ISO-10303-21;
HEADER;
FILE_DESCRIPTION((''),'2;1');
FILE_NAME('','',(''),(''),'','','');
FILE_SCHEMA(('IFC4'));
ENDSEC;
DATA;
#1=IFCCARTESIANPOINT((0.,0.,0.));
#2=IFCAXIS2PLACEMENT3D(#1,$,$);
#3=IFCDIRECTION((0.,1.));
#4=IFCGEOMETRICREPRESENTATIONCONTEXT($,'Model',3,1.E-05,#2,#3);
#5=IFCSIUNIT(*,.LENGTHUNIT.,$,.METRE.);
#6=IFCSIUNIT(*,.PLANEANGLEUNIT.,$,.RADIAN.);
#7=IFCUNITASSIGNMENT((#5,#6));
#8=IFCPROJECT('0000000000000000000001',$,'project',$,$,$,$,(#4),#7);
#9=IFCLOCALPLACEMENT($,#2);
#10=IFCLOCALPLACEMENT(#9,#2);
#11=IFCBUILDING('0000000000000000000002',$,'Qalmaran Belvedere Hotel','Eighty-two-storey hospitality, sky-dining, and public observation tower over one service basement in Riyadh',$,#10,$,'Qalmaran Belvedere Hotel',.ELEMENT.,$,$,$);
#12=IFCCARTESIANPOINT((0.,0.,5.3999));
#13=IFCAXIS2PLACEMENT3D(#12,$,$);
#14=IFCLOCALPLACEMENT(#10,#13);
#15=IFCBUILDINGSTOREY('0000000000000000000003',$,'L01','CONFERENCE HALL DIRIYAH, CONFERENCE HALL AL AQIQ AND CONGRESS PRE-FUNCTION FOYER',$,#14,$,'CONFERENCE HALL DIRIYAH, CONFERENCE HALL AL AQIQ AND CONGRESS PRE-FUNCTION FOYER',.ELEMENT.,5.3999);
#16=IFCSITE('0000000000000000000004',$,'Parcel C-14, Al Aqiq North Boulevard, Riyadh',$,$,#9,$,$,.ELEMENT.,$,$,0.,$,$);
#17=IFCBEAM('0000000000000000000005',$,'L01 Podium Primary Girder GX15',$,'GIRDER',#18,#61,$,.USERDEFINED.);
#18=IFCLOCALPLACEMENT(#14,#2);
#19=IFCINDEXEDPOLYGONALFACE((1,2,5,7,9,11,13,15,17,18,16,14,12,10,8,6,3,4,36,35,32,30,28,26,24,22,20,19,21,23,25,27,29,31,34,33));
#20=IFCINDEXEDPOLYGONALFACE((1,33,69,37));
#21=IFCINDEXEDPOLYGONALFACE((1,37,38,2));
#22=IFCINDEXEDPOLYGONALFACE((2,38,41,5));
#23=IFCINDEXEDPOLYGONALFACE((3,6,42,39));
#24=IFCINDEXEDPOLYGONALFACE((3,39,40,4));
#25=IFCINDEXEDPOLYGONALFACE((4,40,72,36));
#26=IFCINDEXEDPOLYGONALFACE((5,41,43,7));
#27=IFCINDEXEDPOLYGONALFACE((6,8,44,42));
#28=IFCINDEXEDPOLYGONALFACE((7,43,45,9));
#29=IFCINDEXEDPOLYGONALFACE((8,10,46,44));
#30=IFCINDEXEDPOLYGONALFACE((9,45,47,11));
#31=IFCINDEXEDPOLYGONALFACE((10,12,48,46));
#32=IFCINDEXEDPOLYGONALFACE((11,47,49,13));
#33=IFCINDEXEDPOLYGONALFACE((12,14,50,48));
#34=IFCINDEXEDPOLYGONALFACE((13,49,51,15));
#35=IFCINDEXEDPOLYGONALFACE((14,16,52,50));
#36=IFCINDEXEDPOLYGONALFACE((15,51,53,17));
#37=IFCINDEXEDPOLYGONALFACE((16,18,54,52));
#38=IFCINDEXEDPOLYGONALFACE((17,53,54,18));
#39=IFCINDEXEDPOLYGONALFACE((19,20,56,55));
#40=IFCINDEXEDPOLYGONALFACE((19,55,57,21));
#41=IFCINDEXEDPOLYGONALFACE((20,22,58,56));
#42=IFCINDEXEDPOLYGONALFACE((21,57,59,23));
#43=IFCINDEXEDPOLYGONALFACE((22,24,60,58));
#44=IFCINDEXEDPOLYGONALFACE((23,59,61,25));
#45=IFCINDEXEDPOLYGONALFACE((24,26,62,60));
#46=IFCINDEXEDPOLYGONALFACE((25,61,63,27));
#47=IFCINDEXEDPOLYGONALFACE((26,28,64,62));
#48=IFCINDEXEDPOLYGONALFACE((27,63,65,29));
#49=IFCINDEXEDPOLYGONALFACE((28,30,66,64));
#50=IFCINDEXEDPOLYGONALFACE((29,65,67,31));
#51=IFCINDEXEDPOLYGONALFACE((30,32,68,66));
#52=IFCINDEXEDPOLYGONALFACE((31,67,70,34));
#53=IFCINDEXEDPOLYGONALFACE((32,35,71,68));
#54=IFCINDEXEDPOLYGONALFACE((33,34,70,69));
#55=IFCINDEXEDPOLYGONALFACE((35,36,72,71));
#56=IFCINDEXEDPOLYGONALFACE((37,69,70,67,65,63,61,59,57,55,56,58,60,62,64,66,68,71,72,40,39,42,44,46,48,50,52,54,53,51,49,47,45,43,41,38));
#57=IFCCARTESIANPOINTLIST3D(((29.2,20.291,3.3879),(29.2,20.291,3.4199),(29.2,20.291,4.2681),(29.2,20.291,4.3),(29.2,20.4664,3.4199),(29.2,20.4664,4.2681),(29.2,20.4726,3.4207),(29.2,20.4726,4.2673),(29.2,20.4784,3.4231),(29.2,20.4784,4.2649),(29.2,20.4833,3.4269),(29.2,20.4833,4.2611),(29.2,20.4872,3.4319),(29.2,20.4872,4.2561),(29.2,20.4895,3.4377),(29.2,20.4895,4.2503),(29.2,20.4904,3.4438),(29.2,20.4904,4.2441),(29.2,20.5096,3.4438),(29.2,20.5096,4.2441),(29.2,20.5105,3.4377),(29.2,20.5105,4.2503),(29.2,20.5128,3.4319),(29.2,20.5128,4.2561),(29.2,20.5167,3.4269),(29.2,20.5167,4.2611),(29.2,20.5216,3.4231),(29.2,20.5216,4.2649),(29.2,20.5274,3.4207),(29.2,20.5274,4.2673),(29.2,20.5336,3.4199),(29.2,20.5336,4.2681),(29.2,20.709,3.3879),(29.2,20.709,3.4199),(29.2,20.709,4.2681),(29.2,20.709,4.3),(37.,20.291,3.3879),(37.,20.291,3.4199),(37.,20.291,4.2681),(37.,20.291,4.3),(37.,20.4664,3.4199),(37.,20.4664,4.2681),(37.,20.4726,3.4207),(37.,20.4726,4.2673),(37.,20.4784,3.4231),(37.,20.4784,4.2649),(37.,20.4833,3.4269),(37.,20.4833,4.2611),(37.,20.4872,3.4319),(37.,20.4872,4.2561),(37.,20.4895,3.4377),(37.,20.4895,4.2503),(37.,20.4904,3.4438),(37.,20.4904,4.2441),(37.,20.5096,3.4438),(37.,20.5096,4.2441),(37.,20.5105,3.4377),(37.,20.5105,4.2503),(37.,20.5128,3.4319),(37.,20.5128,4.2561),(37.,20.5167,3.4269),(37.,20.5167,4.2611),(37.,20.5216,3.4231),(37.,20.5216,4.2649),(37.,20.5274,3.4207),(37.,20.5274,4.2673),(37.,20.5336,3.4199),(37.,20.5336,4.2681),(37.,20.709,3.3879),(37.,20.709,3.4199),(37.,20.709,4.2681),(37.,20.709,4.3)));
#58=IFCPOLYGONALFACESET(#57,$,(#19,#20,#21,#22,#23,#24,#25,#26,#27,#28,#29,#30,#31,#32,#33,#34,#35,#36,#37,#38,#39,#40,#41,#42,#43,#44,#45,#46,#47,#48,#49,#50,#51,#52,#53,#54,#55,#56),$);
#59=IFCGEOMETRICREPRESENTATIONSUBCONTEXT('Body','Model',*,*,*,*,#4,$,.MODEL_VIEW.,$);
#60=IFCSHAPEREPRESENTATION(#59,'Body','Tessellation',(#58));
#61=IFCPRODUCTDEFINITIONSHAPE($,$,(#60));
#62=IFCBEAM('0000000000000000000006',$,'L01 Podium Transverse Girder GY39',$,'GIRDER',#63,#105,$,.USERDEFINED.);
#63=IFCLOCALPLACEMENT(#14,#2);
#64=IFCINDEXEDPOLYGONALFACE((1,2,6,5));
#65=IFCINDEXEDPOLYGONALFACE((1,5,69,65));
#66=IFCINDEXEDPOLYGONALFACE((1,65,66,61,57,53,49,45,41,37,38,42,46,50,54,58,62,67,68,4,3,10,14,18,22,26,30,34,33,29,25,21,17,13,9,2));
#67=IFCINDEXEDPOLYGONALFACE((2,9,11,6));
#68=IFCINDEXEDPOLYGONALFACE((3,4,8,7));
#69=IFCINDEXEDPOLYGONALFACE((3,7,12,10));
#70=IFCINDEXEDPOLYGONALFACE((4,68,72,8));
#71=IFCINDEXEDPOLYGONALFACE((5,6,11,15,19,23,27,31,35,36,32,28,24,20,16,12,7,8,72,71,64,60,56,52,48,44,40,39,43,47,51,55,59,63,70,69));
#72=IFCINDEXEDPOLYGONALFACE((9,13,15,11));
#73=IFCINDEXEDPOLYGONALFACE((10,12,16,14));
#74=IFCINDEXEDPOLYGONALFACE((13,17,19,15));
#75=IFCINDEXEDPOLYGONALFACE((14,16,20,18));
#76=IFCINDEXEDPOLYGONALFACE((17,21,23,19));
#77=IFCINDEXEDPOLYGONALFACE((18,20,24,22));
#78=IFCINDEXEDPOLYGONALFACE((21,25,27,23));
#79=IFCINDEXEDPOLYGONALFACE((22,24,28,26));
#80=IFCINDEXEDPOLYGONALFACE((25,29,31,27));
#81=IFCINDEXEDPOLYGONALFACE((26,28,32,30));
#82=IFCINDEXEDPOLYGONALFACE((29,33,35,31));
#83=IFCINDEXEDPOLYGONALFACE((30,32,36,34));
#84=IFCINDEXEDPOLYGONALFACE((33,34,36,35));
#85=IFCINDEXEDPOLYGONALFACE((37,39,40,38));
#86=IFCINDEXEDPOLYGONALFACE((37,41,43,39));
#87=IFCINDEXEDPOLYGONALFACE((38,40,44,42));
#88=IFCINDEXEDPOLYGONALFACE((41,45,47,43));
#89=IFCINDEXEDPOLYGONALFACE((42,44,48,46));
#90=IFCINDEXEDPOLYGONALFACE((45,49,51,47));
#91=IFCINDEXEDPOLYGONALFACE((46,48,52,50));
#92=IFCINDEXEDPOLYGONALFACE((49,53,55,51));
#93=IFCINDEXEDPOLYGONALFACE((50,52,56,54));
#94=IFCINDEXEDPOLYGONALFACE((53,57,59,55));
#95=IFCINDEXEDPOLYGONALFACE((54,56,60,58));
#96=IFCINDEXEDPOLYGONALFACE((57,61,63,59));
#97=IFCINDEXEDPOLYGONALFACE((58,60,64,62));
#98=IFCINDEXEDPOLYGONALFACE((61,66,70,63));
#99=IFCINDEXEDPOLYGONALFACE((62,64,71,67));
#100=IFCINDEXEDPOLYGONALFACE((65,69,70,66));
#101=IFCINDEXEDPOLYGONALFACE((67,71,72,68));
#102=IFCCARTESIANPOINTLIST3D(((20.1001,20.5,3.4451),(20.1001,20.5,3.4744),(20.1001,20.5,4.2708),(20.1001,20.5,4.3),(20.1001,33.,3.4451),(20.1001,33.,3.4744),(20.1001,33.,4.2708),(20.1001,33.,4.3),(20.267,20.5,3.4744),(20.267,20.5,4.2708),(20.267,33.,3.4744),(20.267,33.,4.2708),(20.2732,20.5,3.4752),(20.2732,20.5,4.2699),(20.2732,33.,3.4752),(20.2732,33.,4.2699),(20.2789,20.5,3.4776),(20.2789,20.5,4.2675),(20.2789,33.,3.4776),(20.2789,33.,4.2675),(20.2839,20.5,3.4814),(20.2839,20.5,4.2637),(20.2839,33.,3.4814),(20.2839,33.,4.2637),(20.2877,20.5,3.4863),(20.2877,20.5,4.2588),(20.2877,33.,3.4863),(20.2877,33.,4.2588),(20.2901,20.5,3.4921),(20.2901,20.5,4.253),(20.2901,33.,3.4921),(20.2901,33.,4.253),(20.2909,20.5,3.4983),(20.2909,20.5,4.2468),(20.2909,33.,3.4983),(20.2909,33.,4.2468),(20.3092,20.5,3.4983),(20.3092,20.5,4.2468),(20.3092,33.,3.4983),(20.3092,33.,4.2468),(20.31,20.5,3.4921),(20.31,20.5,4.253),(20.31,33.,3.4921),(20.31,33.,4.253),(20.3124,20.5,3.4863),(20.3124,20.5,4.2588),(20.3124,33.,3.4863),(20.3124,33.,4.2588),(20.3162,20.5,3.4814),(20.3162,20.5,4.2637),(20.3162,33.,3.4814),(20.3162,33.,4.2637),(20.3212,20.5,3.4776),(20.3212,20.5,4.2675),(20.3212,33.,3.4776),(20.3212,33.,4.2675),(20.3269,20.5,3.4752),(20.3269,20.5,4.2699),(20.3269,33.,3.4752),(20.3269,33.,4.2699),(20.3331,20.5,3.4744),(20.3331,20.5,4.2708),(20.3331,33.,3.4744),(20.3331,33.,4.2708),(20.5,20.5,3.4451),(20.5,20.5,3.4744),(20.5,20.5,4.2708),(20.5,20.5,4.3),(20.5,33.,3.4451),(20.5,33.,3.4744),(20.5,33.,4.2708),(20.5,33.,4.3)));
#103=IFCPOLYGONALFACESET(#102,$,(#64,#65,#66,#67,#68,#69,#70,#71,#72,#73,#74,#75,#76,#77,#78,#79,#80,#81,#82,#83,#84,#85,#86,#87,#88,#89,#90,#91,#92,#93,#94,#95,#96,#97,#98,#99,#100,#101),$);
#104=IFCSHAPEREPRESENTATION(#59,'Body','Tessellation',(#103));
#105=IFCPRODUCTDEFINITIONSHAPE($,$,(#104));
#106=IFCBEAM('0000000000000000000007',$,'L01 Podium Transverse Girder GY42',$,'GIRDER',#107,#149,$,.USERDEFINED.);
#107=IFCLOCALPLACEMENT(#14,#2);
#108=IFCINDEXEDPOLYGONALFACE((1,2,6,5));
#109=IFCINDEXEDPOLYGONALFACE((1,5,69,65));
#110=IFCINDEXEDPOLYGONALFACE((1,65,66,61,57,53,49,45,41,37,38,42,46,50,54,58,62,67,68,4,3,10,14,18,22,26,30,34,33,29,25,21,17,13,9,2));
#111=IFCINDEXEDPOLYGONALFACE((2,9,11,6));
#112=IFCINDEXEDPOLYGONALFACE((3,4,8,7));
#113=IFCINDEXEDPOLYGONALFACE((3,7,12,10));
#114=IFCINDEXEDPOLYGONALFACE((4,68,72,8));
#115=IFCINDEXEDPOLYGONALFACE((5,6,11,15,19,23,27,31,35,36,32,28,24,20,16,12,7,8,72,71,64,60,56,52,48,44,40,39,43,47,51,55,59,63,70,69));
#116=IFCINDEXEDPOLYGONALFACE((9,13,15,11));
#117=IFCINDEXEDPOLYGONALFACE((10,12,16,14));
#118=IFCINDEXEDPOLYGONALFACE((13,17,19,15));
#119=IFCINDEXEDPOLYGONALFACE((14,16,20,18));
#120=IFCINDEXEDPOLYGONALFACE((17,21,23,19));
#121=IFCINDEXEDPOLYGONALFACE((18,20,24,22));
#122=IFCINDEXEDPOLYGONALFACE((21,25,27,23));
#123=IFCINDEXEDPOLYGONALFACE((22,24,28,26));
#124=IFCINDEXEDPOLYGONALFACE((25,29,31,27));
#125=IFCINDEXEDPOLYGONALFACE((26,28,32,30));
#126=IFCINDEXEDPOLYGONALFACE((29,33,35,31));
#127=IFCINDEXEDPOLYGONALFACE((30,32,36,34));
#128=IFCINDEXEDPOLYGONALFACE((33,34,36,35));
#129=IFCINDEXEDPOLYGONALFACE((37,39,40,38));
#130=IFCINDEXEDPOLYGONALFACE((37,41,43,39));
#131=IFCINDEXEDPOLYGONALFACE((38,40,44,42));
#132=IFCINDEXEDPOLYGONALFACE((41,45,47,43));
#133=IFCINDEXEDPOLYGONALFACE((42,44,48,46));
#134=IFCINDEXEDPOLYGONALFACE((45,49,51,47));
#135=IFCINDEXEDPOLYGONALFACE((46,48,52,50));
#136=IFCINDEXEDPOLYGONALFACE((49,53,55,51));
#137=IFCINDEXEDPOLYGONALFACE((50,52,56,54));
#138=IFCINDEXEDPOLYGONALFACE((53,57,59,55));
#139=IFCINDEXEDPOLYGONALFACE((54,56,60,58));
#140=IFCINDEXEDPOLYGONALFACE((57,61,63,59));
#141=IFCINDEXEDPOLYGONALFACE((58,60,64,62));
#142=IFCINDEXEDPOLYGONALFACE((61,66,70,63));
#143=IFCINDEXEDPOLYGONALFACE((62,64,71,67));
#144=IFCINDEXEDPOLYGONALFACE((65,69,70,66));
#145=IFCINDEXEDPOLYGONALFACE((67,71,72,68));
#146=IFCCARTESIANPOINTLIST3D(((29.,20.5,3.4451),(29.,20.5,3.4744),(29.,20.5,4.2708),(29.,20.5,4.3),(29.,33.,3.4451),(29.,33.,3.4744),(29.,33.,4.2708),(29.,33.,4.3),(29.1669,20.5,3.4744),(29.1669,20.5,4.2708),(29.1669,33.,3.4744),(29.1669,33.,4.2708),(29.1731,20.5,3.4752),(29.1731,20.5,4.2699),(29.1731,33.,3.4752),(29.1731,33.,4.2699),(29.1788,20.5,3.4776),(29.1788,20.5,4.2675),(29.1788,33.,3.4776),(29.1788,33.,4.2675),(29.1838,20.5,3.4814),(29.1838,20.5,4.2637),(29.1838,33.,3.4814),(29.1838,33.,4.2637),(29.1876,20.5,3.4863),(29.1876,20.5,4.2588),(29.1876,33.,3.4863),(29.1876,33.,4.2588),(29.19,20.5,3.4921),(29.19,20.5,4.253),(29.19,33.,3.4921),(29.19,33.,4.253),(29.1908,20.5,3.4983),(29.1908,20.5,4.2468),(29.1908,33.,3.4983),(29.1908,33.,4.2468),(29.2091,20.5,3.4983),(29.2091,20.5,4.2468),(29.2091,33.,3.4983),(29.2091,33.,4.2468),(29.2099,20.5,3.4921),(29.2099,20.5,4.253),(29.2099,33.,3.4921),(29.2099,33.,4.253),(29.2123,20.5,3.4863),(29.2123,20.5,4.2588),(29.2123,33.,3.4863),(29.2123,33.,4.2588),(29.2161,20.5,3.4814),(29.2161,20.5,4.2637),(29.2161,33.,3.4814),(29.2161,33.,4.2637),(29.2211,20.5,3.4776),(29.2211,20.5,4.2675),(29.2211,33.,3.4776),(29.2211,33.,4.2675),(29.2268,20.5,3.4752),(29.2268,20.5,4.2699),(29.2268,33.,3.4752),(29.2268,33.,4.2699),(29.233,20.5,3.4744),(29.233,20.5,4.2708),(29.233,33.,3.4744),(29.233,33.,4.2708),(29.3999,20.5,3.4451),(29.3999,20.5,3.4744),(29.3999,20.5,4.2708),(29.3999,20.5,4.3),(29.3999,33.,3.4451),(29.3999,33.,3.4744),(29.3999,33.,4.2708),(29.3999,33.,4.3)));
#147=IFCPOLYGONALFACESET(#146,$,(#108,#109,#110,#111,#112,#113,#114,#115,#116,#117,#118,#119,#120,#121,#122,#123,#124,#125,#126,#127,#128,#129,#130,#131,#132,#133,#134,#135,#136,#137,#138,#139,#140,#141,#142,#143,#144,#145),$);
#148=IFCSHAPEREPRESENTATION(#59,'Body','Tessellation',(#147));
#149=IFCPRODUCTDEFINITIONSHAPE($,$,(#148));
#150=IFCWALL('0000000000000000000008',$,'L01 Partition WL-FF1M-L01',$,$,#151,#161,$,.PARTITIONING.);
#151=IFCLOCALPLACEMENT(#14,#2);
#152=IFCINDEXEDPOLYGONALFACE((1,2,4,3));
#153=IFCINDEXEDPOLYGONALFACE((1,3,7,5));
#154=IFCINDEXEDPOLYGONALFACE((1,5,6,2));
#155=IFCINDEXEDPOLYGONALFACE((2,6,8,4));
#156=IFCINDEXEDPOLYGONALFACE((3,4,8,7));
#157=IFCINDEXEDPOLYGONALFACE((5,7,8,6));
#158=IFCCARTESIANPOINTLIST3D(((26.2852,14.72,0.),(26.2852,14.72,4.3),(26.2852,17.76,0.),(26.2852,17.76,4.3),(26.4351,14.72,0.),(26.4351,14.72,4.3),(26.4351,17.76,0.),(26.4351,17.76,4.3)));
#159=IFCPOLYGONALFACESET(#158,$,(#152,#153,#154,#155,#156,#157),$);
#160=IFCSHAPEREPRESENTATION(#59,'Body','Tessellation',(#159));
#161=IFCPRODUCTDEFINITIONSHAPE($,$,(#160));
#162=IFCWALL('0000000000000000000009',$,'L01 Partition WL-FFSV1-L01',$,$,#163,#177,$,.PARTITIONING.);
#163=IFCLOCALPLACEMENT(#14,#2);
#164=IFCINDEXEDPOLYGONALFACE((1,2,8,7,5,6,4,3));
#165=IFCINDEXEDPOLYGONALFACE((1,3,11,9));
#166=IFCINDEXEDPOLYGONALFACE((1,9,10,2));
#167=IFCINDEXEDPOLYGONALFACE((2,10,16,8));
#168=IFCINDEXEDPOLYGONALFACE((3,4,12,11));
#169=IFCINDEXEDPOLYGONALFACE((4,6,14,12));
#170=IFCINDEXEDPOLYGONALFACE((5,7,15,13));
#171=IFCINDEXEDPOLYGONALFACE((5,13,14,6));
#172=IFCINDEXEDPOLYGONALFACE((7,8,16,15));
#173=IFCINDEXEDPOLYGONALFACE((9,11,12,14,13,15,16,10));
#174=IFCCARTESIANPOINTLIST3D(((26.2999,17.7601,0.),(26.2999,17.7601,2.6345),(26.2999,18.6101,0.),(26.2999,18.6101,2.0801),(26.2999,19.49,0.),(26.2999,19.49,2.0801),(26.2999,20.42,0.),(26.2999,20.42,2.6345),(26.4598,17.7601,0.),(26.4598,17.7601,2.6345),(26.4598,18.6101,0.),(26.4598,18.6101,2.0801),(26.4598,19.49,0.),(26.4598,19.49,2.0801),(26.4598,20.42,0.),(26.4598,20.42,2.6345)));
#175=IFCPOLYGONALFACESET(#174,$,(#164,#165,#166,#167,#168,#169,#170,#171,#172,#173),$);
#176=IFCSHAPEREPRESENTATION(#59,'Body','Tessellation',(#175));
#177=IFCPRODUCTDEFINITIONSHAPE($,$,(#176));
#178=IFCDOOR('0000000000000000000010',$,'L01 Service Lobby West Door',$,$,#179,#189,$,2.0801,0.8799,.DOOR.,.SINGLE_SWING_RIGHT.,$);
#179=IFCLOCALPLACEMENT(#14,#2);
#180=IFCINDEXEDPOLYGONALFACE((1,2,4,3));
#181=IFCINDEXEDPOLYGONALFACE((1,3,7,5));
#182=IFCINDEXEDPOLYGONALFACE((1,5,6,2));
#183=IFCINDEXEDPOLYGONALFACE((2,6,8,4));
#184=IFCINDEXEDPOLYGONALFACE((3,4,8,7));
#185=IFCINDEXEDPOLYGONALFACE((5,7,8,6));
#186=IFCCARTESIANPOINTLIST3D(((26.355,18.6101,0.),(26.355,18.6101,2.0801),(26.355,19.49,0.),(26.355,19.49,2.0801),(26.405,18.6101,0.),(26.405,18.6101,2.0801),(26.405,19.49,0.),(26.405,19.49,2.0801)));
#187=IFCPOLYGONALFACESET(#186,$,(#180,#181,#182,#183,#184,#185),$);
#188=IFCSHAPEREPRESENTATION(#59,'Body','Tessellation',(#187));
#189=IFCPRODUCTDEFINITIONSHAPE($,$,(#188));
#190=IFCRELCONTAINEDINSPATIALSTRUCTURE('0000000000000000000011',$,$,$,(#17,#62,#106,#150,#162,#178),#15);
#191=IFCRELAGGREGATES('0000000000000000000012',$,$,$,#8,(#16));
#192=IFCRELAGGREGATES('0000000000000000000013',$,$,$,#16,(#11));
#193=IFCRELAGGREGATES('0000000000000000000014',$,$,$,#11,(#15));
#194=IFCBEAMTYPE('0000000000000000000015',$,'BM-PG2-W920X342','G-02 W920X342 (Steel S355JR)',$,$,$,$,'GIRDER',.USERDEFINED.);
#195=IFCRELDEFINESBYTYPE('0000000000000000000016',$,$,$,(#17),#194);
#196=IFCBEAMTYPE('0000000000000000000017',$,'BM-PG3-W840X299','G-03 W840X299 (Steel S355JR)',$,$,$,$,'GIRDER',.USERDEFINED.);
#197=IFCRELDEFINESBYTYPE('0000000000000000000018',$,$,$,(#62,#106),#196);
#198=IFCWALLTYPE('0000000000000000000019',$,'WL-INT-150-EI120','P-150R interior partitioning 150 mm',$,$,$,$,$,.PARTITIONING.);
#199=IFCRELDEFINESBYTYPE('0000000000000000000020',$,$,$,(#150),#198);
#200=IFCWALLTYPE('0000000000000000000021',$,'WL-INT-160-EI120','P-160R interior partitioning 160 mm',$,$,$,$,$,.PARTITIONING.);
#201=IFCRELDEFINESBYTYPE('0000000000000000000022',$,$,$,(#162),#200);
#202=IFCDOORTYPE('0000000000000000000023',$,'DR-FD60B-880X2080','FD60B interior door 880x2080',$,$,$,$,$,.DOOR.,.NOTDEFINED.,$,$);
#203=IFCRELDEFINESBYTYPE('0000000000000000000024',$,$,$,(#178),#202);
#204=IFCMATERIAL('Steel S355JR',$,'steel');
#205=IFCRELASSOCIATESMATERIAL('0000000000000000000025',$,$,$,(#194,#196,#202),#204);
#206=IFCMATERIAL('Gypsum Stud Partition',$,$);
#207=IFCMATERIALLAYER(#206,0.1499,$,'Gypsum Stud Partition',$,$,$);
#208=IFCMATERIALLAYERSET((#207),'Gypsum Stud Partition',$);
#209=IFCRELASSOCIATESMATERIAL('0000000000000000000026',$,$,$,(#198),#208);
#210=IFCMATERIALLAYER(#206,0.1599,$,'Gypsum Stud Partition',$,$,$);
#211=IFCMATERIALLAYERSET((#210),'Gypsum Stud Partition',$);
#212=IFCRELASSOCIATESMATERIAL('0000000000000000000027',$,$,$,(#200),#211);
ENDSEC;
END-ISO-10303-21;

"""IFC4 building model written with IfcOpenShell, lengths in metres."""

from ifc_helpers import new_model, si_unit, direction, frame, frame_2d, origin, origin_2d, place, context, subcontext, project, spatial, rectangle, i_section, extrude, material, layer, layer_set, material_profile, profile_set, type_object, element, fill, save


model = new_model("IFC4")

# Units and contexts
model_context = context("Model", 3, precision=1e-05, world=origin(), true_north=direction((0.0, 1.0)))
body_context = subcontext(model_context, "Body", "Model", "MODEL_VIEW")
ifc_project = project(units=[si_unit("LENGTHUNIT", "METRE"), si_unit("PLANEANGLEUNIT", "RADIAN")], contexts=[model_context])

# Site, building, storey
site_placement = place(None, origin())
site = spatial("IfcSite", under=ifc_project, at=site_placement, Name="Parcel C-14, Al Aqiq North Boulevard, Riyadh", CompositionType="ELEMENT", RefElevation=0.0)
building_placement = place(site_placement, origin())
building = spatial("IfcBuilding", under=site, at=building_placement, Name="Qalmaran Belvedere Hotel", Description="Eighty-two-storey hospitality, sky-dining, and public observation tower over one service basement in Riyadh", LongName="Qalmaran Belvedere Hotel", CompositionType="ELEMENT")
storey_placement = place(building_placement, frame((0.0, 0.0, 5.3999)))
storey = spatial("IfcBuildingStorey", under=building, at=storey_placement, Name="L01", Description="CONFERENCE HALL DIRIYAH, CONFERENCE HALL AL AQIQ AND CONGRESS PRE-FUNCTION FOYER", LongName="CONFERENCE HALL DIRIYAH, CONFERENCE HALL AL AQIQ AND CONGRESS PRE-FUNCTION FOYER", CompositionType="ELEMENT", Elevation=5.3999)

# Beams
ifc_material_1 = material(Name="Steel S355JR", Category="steel")
ifc_material_profile_1 = material_profile(ifc_material_1, i_section(OverallWidth=0.418, OverallDepth=0.9121, WebThickness=0.0193, FlangeThickness=0.032, FilletRadius=0.0239, at=origin_2d()), Name="W920X342")
ifc_profile_set_1 = profile_set([ifc_material_profile_1], Name="Steel S355JR")
beam_type_1 = type_object("IfcBeamType", Name="BM-PG2-W920X342", Description="G-02 W920X342 (Steel S355JR)", ElementType="GIRDER", PredefinedType="USERDEFINED", material=ifc_profile_set_1)
beam_1_placement = place(storey_placement, frame((29.2, 20.5, 3.844), z_axis=(1.0, 0.0, 0.0), x_axis=(0.0, 1.0, 0.0)))
element("IfcBeam", 1, at=beam_1_placement, inside=storey, type_object=beam_type_1, Name="L01 Podium Primary Girder GX15", ObjectType="GIRDER", PredefinedType="USERDEFINED", context=body_context, shape_type="SweptSolid", body=[
    extrude(i_section(OverallWidth=0.418, OverallDepth=0.9121, WebThickness=0.0193, FlangeThickness=0.032, FilletRadius=0.0239, at=origin_2d()), origin(), (0.0, 0.0, 1.0), 7.8),
])
ifc_material_profile_2 = material_profile(ifc_material_1, i_section(OverallWidth=0.3999, OverallDepth=0.855, WebThickness=0.0183, FlangeThickness=0.0293, FilletRadius=0.0239, at=origin_2d()), Name="W840X299")
ifc_profile_set_2 = profile_set([ifc_material_profile_2], Name="Steel S355JR")
beam_type_2 = type_object("IfcBeamType", Name="BM-PG3-W840X299", Description="G-03 W840X299 (Steel S355JR)", ElementType="GIRDER", PredefinedType="USERDEFINED", material=ifc_profile_set_2)
for number, where, z_axis, x_axis, name in (
    (2, (20.3, 20.5, 3.8726), (0.0, 1.0, 0.0), (-1.0, 0.0, 0.0), "L01 Podium Transverse Girder GY39"),
    (3, (29.2, 20.5, 3.8726), (0.0, 1.0, 0.0), (-1.0, 0.0, 0.0), "L01 Podium Transverse Girder GY42"),
):
    element("IfcBeam", number, at=place(storey_placement, frame(where, z_axis=z_axis, x_axis=x_axis)), inside=storey, type_object=beam_type_2, Name=name, ObjectType="GIRDER", PredefinedType="USERDEFINED", context=body_context, shape_type="SweptSolid", body=[
        extrude(i_section(OverallWidth=0.3999, OverallDepth=0.855, WebThickness=0.0183, FlangeThickness=0.0293, FilletRadius=0.0239, at=origin_2d()), origin(), (0.0, 0.0, 1.0), 12.5),
    ])

# Wall
ifc_material_2 = material(Name="Gypsum Stud Partition")
ifc_layer_1 = layer(ifc_material_2, 0.1499, Name="Gypsum Stud Partition")
ifc_layer_set_1 = layer_set([ifc_layer_1], Name="Gypsum Stud Partition")
wall_type_1 = type_object("IfcWallType", Name="WL-INT-150-EI120", Description="P-150R interior partitioning 150 mm", PredefinedType="PARTITIONING", material=ifc_layer_set_1)
wall_1_placement = place(storey_placement, frame((26.3601, 14.72, 0.0), z_axis=(0.0, 0.0, 1.0), x_axis=(0.0, 1.0, 0.0)))
element("IfcWall", 4, at=wall_1_placement, inside=storey, type_object=wall_type_1, Name="L01 Partition WL-FF1M-L01", PredefinedType="PARTITIONING", context=body_context, shape_type="SweptSolid", body=[
    extrude(rectangle(XDim=3.04, YDim=0.1499, at=frame_2d((1.52, 0.0))), origin(), (0.0, 0.0, 1.0), 4.3),
])

# Wall, opening, door
ifc_layer_2 = layer(ifc_material_2, 0.1599, Name="Gypsum Stud Partition")
ifc_layer_set_2 = layer_set([ifc_layer_2], Name="Gypsum Stud Partition")
wall_type_2 = type_object("IfcWallType", Name="WL-INT-160-EI120", Description="P-160R interior partitioning 160 mm", PredefinedType="PARTITIONING", material=ifc_layer_set_2)
wall_2_placement = place(storey_placement, frame((26.3799, 17.76, 0.0), z_axis=(0.0, 0.0, 1.0), x_axis=(0.0, 1.0, 0.0)))
wall_2 = element("IfcWall", 5, at=wall_2_placement, inside=storey, type_object=wall_type_2, Name="L01 Partition WL-FFSV1-L01", PredefinedType="PARTITIONING", context=body_context, shape_type="SweptSolid", body=[
    extrude(rectangle(XDim=2.6599, YDim=0.1599, at=frame_2d((1.3301, 0.0))), origin(), (0.0, 0.0, 1.0), 2.6345),
])
opening_1_placement = place(wall_2_placement, frame((0.8501, 0.0, 0.0)))
opening_1 = element("IfcOpeningElement", 6, at=opening_1_placement, cuts=wall_2, PredefinedType="OPENING", context=body_context, shape_type="SweptSolid", body=[
    extrude(rectangle(XDim=0.8799, YDim=2.0801, at=frame_2d((0.4399, 1.04))), frame((0.0, 0.0898, 0.0), z_axis=(0.0, -1.0, 0.0), x_axis=(1.0, 0.0, 0.0)), (0.0, 0.0, 1.0), 0.1799),
])
door_type_1 = type_object("IfcDoorType", Name="DR-FD60B-880X2080", Description="FD60B interior door 880x2080", OperationType="NOTDEFINED", PredefinedType="DOOR", material=ifc_material_1)
door_1_placement = place(opening_1_placement, origin())
door_1 = element("IfcDoor", 7, at=door_1_placement, inside=storey, type_object=door_type_1, Name="L01 Service Lobby West Door", OperationType="SINGLE_SWING_RIGHT", OverallHeight=2.0801, OverallWidth=0.8799, PredefinedType="DOOR", context=body_context, shape_type="SweptSolid", body=[
    extrude(rectangle(XDim=0.8799, YDim=2.0801, at=frame_2d((0.4399, 1.04))), frame((0.0, 0.0249, 0.0), z_axis=(0.0, -1.0, 0.0), x_axis=(1.0, 0.0, 0.0)), (0.0, 0.0, 1.0), 0.05),
])
fill(opening_1, door_1)

save(model, "model.ifc")
